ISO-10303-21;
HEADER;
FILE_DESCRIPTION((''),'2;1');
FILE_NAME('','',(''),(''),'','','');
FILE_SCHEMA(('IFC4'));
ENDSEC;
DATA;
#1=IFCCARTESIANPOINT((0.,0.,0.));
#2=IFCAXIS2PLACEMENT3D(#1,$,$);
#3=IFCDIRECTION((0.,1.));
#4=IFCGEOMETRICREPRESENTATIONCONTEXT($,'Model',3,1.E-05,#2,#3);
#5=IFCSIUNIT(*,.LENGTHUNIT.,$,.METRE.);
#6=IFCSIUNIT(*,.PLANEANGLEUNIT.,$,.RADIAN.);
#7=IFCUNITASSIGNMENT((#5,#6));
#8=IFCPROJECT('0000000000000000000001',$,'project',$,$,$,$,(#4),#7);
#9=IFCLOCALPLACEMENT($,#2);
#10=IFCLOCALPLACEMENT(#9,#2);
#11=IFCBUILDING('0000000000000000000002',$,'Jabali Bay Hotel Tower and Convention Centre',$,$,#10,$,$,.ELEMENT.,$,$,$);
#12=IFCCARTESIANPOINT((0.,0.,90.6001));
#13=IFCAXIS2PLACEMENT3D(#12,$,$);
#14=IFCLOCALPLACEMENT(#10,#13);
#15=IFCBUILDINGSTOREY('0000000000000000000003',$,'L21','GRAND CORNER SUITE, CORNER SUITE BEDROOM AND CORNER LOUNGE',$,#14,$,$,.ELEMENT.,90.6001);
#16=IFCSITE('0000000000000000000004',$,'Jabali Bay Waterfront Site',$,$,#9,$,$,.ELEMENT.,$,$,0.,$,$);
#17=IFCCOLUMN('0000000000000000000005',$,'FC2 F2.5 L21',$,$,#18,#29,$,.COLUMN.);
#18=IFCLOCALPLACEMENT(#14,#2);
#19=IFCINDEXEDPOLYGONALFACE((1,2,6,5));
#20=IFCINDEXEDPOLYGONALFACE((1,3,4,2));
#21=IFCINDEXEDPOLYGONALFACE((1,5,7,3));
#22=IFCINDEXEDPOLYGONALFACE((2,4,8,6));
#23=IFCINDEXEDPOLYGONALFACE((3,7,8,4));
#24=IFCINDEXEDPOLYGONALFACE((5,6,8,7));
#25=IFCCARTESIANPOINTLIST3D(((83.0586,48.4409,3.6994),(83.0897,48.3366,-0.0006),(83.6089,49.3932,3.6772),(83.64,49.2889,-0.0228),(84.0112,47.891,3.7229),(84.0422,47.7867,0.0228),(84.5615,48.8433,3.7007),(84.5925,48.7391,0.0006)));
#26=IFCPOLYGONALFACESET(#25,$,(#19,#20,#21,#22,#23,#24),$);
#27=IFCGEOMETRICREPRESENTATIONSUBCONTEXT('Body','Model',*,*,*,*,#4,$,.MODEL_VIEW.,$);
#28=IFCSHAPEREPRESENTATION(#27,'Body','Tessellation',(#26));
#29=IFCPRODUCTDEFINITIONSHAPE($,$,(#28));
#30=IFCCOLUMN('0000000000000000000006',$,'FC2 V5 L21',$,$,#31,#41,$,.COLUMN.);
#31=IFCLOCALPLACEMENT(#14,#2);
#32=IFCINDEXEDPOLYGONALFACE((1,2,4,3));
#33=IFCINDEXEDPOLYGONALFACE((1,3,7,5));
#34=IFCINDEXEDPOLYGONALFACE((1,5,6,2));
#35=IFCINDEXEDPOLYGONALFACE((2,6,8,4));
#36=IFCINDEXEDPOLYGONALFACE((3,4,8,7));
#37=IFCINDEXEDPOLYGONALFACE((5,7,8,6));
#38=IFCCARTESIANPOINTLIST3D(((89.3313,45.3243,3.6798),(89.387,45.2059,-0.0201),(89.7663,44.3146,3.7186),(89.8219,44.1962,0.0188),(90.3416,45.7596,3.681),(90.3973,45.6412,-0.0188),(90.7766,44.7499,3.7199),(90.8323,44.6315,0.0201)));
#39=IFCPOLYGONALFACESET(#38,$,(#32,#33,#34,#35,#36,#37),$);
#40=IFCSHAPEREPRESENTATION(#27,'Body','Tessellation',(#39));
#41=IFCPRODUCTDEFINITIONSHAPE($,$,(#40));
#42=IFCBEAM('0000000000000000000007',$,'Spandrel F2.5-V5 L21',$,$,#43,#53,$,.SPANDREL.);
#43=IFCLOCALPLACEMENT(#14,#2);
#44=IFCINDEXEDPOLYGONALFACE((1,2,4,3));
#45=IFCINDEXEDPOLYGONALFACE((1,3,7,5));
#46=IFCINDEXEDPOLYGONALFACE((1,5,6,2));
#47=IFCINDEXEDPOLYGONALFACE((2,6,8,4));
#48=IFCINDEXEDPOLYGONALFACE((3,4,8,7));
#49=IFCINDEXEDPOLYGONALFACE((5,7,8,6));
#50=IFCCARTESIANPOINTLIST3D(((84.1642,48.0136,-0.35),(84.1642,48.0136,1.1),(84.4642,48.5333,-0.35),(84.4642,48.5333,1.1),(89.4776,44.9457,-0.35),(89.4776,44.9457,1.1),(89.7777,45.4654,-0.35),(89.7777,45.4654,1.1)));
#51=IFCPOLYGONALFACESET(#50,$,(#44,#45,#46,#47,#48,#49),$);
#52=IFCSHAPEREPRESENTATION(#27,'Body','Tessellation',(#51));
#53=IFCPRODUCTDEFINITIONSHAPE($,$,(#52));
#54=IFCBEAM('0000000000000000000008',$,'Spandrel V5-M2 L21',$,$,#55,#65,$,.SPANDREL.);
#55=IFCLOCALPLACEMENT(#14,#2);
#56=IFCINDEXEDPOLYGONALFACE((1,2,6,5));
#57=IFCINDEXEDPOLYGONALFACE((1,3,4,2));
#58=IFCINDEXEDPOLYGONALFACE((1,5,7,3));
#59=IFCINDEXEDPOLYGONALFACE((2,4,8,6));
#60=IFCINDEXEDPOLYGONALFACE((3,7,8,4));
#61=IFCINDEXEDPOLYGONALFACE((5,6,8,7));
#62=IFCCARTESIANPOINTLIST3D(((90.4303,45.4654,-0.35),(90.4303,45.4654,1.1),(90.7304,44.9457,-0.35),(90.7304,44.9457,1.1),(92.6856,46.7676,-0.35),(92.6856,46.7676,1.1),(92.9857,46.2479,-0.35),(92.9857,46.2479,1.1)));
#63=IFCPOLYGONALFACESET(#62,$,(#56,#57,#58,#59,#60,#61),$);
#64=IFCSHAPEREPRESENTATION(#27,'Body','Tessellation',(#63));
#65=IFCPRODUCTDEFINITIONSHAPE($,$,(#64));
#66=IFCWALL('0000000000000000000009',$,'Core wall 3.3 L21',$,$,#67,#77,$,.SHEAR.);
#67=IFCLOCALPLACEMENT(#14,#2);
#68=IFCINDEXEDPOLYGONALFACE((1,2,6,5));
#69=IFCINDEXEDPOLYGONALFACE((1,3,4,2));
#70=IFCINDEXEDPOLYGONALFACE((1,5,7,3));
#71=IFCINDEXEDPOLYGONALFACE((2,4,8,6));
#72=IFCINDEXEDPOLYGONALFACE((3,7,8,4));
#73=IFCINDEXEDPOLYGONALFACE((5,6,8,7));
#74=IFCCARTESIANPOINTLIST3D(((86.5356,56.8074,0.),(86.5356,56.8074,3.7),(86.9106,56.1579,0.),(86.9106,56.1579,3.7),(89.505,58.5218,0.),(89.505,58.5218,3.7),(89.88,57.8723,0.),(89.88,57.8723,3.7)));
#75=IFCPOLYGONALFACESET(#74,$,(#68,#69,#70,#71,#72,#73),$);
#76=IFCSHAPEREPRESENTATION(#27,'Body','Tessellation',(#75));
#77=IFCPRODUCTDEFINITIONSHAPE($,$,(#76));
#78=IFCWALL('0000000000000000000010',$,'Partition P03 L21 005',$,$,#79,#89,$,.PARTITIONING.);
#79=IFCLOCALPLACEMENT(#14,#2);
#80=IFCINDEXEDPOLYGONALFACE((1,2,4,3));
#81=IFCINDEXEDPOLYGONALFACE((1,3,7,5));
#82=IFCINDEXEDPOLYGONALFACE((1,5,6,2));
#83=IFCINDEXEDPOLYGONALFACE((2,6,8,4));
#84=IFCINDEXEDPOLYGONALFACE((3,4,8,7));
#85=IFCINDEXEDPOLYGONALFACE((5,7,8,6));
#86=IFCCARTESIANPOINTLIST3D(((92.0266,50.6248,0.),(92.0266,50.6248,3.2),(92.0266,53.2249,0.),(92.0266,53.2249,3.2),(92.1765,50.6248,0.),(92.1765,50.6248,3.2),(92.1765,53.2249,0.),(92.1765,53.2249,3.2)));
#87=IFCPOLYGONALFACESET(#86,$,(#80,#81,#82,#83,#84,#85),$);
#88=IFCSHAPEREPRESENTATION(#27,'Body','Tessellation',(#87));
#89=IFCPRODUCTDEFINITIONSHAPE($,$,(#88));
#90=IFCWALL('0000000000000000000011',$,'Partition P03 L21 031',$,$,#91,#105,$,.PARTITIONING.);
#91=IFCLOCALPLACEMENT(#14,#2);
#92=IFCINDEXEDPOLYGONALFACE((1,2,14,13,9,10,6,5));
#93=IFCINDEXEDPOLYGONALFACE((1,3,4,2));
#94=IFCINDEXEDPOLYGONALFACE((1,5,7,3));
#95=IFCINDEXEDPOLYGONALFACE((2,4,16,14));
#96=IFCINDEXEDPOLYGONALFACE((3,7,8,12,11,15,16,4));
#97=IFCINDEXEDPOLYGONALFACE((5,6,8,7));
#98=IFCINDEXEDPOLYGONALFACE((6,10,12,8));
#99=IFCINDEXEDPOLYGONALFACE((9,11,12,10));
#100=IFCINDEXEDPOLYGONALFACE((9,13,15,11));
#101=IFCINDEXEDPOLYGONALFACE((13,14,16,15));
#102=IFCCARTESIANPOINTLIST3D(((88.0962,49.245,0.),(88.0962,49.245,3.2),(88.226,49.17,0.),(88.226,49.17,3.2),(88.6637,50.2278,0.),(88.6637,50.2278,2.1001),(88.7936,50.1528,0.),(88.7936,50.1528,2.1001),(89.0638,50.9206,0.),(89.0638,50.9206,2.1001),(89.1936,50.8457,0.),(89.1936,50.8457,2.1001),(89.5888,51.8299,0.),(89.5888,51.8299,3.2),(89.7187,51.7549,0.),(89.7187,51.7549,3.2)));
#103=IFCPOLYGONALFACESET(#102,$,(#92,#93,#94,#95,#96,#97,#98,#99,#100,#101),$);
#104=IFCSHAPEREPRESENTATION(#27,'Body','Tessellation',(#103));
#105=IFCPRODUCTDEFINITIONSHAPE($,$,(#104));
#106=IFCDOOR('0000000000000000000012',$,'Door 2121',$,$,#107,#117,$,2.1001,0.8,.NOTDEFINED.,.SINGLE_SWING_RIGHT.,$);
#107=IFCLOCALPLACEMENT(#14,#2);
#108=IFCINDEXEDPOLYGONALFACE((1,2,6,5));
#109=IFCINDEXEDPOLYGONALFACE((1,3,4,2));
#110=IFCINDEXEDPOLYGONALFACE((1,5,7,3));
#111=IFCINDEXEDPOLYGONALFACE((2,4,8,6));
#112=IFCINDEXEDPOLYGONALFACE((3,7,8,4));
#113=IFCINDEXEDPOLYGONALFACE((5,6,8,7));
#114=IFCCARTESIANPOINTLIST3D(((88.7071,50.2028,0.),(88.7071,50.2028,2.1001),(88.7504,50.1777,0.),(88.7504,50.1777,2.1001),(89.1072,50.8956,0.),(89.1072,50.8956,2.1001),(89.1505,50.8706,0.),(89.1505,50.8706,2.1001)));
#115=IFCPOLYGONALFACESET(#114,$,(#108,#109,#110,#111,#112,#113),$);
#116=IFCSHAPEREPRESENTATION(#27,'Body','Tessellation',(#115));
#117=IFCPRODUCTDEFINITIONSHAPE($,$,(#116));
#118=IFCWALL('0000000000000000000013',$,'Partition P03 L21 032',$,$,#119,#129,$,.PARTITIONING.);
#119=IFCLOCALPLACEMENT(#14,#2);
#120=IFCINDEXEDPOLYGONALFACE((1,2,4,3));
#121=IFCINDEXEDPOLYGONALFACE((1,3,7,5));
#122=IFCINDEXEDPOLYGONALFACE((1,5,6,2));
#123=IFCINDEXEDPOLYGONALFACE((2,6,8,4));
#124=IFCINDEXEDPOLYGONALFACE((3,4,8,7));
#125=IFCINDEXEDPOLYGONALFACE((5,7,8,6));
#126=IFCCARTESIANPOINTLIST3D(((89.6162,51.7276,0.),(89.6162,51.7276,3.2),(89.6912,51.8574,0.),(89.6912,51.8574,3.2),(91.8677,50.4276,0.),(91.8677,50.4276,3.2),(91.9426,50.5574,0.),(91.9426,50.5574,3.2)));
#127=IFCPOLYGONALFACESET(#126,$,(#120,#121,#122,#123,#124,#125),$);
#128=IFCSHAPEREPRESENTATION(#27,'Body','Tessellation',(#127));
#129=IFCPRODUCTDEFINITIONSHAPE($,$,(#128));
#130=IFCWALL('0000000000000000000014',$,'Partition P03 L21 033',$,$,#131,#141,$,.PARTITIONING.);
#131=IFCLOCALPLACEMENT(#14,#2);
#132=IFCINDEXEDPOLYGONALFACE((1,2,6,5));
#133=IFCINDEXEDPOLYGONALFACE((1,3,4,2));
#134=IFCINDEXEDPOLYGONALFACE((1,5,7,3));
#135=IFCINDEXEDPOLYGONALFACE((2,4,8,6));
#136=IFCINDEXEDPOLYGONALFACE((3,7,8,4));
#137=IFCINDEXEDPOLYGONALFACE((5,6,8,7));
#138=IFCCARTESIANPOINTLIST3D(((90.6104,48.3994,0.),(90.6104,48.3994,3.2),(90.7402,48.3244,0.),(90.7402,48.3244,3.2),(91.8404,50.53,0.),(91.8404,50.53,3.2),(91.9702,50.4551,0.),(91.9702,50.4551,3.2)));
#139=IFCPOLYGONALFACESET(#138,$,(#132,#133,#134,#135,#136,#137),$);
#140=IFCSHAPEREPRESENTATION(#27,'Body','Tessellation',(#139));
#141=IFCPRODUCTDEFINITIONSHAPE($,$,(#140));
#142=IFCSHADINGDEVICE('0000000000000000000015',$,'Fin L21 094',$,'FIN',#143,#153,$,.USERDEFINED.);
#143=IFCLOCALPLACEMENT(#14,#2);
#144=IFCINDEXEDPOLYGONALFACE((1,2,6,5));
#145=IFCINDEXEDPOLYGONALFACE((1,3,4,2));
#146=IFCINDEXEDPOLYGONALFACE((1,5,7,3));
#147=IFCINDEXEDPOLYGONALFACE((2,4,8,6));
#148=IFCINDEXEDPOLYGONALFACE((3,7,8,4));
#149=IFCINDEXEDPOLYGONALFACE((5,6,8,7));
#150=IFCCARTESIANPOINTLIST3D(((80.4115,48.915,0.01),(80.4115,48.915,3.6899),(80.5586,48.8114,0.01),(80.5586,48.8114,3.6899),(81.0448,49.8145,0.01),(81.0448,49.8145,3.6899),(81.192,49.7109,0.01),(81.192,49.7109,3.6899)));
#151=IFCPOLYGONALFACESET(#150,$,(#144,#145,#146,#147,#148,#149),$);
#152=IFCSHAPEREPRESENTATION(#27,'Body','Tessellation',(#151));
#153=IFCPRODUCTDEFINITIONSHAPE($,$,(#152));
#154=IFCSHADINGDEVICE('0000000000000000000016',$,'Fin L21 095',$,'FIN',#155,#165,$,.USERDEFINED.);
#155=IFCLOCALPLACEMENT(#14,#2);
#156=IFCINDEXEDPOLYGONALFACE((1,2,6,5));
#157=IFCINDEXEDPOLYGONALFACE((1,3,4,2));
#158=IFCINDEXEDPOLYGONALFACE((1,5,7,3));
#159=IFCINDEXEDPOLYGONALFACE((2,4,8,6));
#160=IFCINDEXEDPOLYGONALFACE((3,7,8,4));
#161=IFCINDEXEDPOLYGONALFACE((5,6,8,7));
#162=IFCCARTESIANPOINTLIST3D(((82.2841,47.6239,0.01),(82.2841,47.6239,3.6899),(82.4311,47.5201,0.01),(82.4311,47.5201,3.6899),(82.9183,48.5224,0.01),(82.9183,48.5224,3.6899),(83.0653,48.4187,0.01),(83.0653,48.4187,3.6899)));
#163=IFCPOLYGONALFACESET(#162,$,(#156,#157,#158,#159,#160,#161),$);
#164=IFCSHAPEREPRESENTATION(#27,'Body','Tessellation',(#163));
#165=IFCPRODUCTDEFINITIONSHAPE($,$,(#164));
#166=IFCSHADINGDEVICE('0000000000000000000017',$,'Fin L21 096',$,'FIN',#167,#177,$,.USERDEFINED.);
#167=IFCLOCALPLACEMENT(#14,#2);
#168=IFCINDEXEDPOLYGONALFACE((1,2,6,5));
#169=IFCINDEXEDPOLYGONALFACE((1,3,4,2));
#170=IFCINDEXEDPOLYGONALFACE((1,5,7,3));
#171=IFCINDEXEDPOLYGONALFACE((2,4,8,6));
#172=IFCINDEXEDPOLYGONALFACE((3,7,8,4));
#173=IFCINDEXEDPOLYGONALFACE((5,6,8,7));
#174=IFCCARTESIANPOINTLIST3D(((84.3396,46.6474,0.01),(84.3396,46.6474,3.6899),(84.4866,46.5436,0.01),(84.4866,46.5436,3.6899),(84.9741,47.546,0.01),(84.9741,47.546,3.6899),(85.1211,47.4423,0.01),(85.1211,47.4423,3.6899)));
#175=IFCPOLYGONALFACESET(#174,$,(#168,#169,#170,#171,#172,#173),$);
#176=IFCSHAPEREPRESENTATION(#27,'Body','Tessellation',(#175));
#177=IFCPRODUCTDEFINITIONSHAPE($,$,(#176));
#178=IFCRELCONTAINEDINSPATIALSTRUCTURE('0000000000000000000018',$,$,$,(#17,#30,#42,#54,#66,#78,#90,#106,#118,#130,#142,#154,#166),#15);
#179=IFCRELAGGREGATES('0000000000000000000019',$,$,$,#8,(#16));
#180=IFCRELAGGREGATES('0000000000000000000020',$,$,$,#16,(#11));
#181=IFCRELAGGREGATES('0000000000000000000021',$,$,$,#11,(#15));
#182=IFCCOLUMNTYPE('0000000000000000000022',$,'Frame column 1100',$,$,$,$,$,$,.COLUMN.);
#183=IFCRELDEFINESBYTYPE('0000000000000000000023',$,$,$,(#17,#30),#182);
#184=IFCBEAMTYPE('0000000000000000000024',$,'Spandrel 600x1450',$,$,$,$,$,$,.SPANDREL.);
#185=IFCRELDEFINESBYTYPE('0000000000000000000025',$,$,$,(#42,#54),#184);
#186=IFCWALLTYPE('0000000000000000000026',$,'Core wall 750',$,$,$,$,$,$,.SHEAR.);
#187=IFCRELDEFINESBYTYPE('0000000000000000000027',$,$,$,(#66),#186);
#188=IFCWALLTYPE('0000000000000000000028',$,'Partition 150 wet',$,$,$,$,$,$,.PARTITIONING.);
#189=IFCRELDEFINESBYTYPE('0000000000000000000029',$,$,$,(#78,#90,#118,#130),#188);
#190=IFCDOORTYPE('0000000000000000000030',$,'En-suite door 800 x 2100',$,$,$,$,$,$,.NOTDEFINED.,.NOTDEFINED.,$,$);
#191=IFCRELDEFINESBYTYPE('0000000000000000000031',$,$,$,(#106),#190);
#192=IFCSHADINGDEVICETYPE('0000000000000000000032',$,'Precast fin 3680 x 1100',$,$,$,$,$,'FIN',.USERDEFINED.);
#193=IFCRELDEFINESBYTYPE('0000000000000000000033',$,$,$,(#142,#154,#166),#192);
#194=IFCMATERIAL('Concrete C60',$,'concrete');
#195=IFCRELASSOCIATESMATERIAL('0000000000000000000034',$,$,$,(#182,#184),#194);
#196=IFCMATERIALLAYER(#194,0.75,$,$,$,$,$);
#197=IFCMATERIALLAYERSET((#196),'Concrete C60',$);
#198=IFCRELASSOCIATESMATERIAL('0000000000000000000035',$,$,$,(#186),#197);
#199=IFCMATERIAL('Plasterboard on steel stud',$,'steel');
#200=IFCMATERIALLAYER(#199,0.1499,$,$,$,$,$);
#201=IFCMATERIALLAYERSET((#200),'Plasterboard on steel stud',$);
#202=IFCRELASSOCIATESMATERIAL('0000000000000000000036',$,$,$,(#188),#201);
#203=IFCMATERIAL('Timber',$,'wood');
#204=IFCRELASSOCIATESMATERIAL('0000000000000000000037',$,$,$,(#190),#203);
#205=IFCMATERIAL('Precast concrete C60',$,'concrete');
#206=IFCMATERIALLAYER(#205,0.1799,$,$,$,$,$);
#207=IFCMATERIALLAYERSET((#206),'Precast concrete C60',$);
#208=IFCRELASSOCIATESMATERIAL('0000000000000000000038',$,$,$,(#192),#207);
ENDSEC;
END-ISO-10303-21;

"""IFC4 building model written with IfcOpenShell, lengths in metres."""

from ifc_helpers import new_model, si_unit, direction, frame, frame_2d, origin, origin_2d, place, context, subcontext, project, spatial, rectangle, extrude, material, layer, layer_set, material_profile, profile_set, type_object, element, fill, save


model = new_model("IFC4")

# Units and contexts
model_context = context("Model", 3, precision=1e-05, world=origin(), true_north=direction((0.0, 1.0)))
body_context = subcontext(model_context, "Body", "Model", "MODEL_VIEW")
ifc_project = project(units=[si_unit("LENGTHUNIT", "METRE"), si_unit("PLANEANGLEUNIT", "RADIAN")], contexts=[model_context])

# Site, building, storey
site_placement = place(None, origin())
site = spatial("IfcSite", under=ifc_project, at=site_placement, Name="Jabali Bay Waterfront Site", CompositionType="ELEMENT", RefElevation=0.0)
building_placement = place(site_placement, origin())
building = spatial("IfcBuilding", under=site, at=building_placement, Name="Jabali Bay Hotel Tower and Convention Centre", CompositionType="ELEMENT")
storey_placement = place(building_placement, frame((0.0, 0.0, 90.6001)))
storey = spatial("IfcBuildingStorey", under=building, at=storey_placement, Name="L21", Description="GRAND CORNER SUITE, CORNER SUITE BEDROOM AND CORNER LOUNGE", CompositionType="ELEMENT", Elevation=90.6001)

# Columns
ifc_material_1 = material(Name="Concrete C60", Category="concrete")
ifc_material_profile_1 = material_profile(ifc_material_1, rectangle(XDim=1.1001, YDim=1.1001, at=origin_2d()), Name="Frame column 1100")
ifc_profile_set_1 = profile_set([ifc_material_profile_1], Name="Concrete C60")
column_type = type_object("IfcColumnType", Name="Frame column 1100", PredefinedType="COLUMN", material=ifc_profile_set_1)
column_1_placement = place(storey_placement, frame((83.8411, 48.5378, 0.0), z_axis=(-0.008376, 0.028163, 0.999568), x_axis=(-0.500228, -0.865658, 0.020198)))
element("IfcColumn", 1, at=column_1_placement, inside=storey, type_object=column_type, Name="FC2 F2.5 L21", PredefinedType="COLUMN", context=body_context, shape_type="SweptSolid", body=[
    extrude(rectangle(XDim=1.1001, YDim=1.1001, at=origin_2d()), origin(), (0.0, 0.0, 1.0), 3.7017),
])
column_2_placement = place(storey_placement, frame((90.1096, 44.9187, 0.0), z_axis=(-0.015035, 0.031983, 0.999375), x_axis=(0.395377, -0.917839, 0.035322)))
element("IfcColumn", 2, at=column_2_placement, inside=storey, type_object=column_type, Name="FC2 V5 L21", PredefinedType="COLUMN", context=body_context, shape_type="SweptSolid", body=[
    extrude(rectangle(XDim=1.1001, YDim=1.1001, at=origin_2d()), origin(), (0.0, 0.0, 1.0), 3.7021),
])

# Beams
ifc_material_profile_2 = material_profile(ifc_material_1, rectangle(XDim=0.6001, YDim=1.45, at=origin_2d()), Name="Spandrel 600x1450")
ifc_profile_set_2 = profile_set([ifc_material_profile_2], Name="Concrete C60")
beam_type = type_object("IfcBeamType", Name="Spandrel 600x1450", PredefinedType="SPANDREL", material=ifc_profile_set_2)
beam_1_placement = place(storey_placement, frame((84.3142, 48.2734, 0.375), z_axis=(0.866016, -0.500016, 0.0), x_axis=(0.500016, 0.866016, 0.0)))
element("IfcBeam", 3, at=beam_1_placement, inside=storey, type_object=beam_type, Name="Spandrel F2.5-V5 L21", PredefinedType="SPANDREL", context=body_context, shape_type="SweptSolid", body=[
    extrude(rectangle(XDim=0.6001, YDim=1.45, at=origin_2d()), origin(), (0.0, 0.0, 1.0), 6.1355),
])
beam_2_placement = place(storey_placement, frame((90.5803, 45.2056, 0.375), z_axis=(0.866008, 0.500031, 0.0), x_axis=(-0.500031, 0.866008, 0.0)))
element("IfcBeam", 4, at=beam_2_placement, inside=storey, type_object=beam_type, Name="Spandrel V5-M2 L21", PredefinedType="SPANDREL", context=body_context, shape_type="SweptSolid", body=[
    extrude(rectangle(XDim=0.6001, YDim=1.45, at=origin_2d()), origin(), (0.0, 0.0, 1.0), 2.6042),
])

# Wall
ifc_layer_1 = layer(ifc_material_1, 0.75)
ifc_layer_set_1 = layer_set([ifc_layer_1], Name="Concrete C60")
wall_type_1 = type_object("IfcWallType", Name="Core wall 750", PredefinedType="SHEAR", material=ifc_layer_set_1)
wall_1_placement = place(storey_placement, frame((86.7231, 56.4827, 0.0), z_axis=(0.0, 0.0, 1.0), x_axis=(0.866017, 0.500014, 0.0)))
element("IfcWall", 5, at=wall_1_placement, inside=storey, type_object=wall_type_1, Name="Core wall 3.3 L21", PredefinedType="SHEAR", context=body_context, shape_type="SweptSolid", body=[
    extrude(rectangle(XDim=3.4287, YDim=0.75, at=frame_2d((1.7144, 0.0))), origin(), (0.0, 0.0, 1.0), 3.7),
])

# Wall
ifc_material_2 = material(Name="Plasterboard on steel stud", Category="steel")
ifc_layer_2 = layer(ifc_material_2, 0.1499)
ifc_layer_set_2 = layer_set([ifc_layer_2], Name="Plasterboard on steel stud")
wall_type_2 = type_object("IfcWallType", Name="Partition 150 wet", PredefinedType="PARTITIONING", material=ifc_layer_set_2)
wall_2_placement = place(storey_placement, frame((92.1016, 50.6248, 0.0), z_axis=(0.0, 0.0, 1.0), x_axis=(0.0, 1.0, 0.0)))
element("IfcWall", 6, at=wall_2_placement, inside=storey, type_object=wall_type_2, Name="Partition P03 L21 005", PredefinedType="PARTITIONING", context=body_context, shape_type="SweptSolid", body=[
    extrude(rectangle(XDim=2.6001, YDim=0.1499, at=frame_2d((1.3, 0.0))), origin(), (0.0, 0.0, 1.0), 3.2),
])

# Wall, opening, door
wall_3_placement = place(storey_placement, frame((88.1611, 49.2075, 0.0), z_axis=(0.0, 0.0, 1.0), x_axis=(0.500062, 0.865989, 0.0)))
wall_3 = element("IfcWall", 7, at=wall_3_placement, inside=storey, type_object=wall_type_2, Name="Partition P03 L21 031", PredefinedType="PARTITIONING", context=body_context, shape_type="SweptSolid", body=[
    extrude(rectangle(XDim=2.9849, YDim=0.1499, at=frame_2d((1.4924, 0.0))), origin(), (0.0, 0.0, 1.0), 3.2),
])
opening_1_placement = place(wall_3_placement, frame((1.135, 0.0, 0.0)))
opening_1 = element("IfcOpeningElement", 8, at=opening_1_placement, cuts=wall_3, PredefinedType="OPENING", context=body_context, shape_type="SweptSolid", body=[
    extrude(rectangle(XDim=0.8, YDim=2.1001, at=frame_2d((0.3999, 1.05))), frame((0.0, 0.0854, 0.0), z_axis=(0.0, -1.0, 0.0), x_axis=(1.0, 0.0, 0.0)), (0.0, 0.0, 1.0), 0.1709),
])
ifc_material_3 = material(Name="Timber", Category="wood")
door_type_1 = type_object("IfcDoorType", Name="En-suite door 800 x 2100", OperationType="NOTDEFINED", PredefinedType="NOTDEFINED", material=ifc_material_3)
door_1_placement = place(opening_1_placement, origin())
door_1 = element("IfcDoor", 9, at=door_1_placement, inside=storey, type_object=door_type_1, Name="Door 2121", OperationType="SINGLE_SWING_RIGHT", OverallHeight=2.1001, OverallWidth=0.8, PredefinedType="NOTDEFINED", context=body_context, shape_type="SweptSolid", body=[
    extrude(rectangle(XDim=0.8, YDim=2.1001, at=frame_2d((0.3999, 1.05))), frame((0.0, 0.0249, 0.0), z_axis=(0.0, -1.0, 0.0), x_axis=(1.0, 0.0, 0.0)), (0.0, 0.0, 1.0), 0.05),
])
fill(opening_1, door_1)

# Walls
wall_4_placement = place(storey_placement, frame((89.6538, 51.7925, 0.0), z_axis=(0.0, 0.0, 1.0), x_axis=(0.865998, -0.500048, 0.0)))
element("IfcWall", 10, at=wall_4_placement, inside=storey, type_object=wall_type_2, Name="Partition P03 L21 032", PredefinedType="PARTITIONING", context=body_context, shape_type="SweptSolid", body=[
    extrude(rectangle(XDim=2.5999, YDim=0.1499, at=frame_2d((1.2998, 0.0))), origin(), (0.0, 0.0, 1.0), 3.2),
])
wall_5_placement = place(storey_placement, frame((91.9053, 50.4924, 0.0), z_axis=(0.0, 0.0, 1.0), x_axis=(-0.49996, -0.866048, 0.0)))
element("IfcWall", 11, at=wall_5_placement, inside=storey, type_object=wall_type_2, Name="Partition P03 L21 033", PredefinedType="PARTITIONING", context=body_context, shape_type="SweptSolid", body=[
    extrude(rectangle(XDim=2.4602, YDim=0.1499, at=frame_2d((1.23, 0.0))), origin(), (0.0, 0.0, 1.0), 3.2),
])

# Shading devices
ifc_material_4 = material(Name="Precast concrete C60", Category="concrete")
ifc_layer_3 = layer(ifc_material_4, 0.1799)
ifc_layer_set_3 = layer_set([ifc_layer_3], Name="Precast concrete C60")
shading_device_type_1 = type_object("IfcShadingDeviceType", Name="Precast fin 3680 x 1100", ElementType="FIN", PredefinedType="USERDEFINED", material=ifc_layer_set_3)
shading_device_1_placement = place(storey_placement, frame((81.1184, 49.7627, 0.01), z_axis=(0.0, 0.0, 1.0), x_axis=(-0.575724, -0.817644, 0.0)))
element("IfcShadingDevice", 12, at=shading_device_1_placement, inside=storey, type_object=shading_device_type_1, Name="Fin L21 094", ObjectType="FIN", PredefinedType="USERDEFINED", context=body_context, shape_type="SweptSolid", body=[
    extrude(rectangle(XDim=1.1001, YDim=0.1799, at=frame_2d((0.55, 0.0))), origin(), (0.0, 0.0, 1.0), 3.6799),
])
shading_device_2_placement = place(storey_placement, frame((82.9917, 48.4705, 0.01), z_axis=(0.0, 0.0, 1.0), x_axis=(-0.576631, -0.817005, 0.0)))
element("IfcShadingDevice", 13, at=shading_device_2_placement, inside=storey, type_object=shading_device_type_1, Name="Fin L21 095", ObjectType="FIN", PredefinedType="USERDEFINED", context=body_context, shape_type="SweptSolid", body=[
    extrude(rectangle(XDim=1.0999, YDim=0.1799, at=frame_2d((0.5498, 0.0))), origin(), (0.0, 0.0, 1.0), 3.6799),
])
shading_device_3_placement = place(storey_placement, frame((85.0476, 47.4941, 0.01), z_axis=(0.0, 0.0, 1.0), x_axis=(-0.576779, -0.8169, 0.0)))
element("IfcShadingDevice", 14, at=shading_device_3_placement, inside=storey, type_object=shading_device_type_1, Name="Fin L21 096", ObjectType="FIN", PredefinedType="USERDEFINED", context=body_context, shape_type="SweptSolid", body=[
    extrude(rectangle(XDim=1.1001, YDim=0.1799, at=frame_2d((0.55, 0.0))), origin(), (0.0, 0.0, 1.0), 3.6799),
])

save(model, "model.ifc")
